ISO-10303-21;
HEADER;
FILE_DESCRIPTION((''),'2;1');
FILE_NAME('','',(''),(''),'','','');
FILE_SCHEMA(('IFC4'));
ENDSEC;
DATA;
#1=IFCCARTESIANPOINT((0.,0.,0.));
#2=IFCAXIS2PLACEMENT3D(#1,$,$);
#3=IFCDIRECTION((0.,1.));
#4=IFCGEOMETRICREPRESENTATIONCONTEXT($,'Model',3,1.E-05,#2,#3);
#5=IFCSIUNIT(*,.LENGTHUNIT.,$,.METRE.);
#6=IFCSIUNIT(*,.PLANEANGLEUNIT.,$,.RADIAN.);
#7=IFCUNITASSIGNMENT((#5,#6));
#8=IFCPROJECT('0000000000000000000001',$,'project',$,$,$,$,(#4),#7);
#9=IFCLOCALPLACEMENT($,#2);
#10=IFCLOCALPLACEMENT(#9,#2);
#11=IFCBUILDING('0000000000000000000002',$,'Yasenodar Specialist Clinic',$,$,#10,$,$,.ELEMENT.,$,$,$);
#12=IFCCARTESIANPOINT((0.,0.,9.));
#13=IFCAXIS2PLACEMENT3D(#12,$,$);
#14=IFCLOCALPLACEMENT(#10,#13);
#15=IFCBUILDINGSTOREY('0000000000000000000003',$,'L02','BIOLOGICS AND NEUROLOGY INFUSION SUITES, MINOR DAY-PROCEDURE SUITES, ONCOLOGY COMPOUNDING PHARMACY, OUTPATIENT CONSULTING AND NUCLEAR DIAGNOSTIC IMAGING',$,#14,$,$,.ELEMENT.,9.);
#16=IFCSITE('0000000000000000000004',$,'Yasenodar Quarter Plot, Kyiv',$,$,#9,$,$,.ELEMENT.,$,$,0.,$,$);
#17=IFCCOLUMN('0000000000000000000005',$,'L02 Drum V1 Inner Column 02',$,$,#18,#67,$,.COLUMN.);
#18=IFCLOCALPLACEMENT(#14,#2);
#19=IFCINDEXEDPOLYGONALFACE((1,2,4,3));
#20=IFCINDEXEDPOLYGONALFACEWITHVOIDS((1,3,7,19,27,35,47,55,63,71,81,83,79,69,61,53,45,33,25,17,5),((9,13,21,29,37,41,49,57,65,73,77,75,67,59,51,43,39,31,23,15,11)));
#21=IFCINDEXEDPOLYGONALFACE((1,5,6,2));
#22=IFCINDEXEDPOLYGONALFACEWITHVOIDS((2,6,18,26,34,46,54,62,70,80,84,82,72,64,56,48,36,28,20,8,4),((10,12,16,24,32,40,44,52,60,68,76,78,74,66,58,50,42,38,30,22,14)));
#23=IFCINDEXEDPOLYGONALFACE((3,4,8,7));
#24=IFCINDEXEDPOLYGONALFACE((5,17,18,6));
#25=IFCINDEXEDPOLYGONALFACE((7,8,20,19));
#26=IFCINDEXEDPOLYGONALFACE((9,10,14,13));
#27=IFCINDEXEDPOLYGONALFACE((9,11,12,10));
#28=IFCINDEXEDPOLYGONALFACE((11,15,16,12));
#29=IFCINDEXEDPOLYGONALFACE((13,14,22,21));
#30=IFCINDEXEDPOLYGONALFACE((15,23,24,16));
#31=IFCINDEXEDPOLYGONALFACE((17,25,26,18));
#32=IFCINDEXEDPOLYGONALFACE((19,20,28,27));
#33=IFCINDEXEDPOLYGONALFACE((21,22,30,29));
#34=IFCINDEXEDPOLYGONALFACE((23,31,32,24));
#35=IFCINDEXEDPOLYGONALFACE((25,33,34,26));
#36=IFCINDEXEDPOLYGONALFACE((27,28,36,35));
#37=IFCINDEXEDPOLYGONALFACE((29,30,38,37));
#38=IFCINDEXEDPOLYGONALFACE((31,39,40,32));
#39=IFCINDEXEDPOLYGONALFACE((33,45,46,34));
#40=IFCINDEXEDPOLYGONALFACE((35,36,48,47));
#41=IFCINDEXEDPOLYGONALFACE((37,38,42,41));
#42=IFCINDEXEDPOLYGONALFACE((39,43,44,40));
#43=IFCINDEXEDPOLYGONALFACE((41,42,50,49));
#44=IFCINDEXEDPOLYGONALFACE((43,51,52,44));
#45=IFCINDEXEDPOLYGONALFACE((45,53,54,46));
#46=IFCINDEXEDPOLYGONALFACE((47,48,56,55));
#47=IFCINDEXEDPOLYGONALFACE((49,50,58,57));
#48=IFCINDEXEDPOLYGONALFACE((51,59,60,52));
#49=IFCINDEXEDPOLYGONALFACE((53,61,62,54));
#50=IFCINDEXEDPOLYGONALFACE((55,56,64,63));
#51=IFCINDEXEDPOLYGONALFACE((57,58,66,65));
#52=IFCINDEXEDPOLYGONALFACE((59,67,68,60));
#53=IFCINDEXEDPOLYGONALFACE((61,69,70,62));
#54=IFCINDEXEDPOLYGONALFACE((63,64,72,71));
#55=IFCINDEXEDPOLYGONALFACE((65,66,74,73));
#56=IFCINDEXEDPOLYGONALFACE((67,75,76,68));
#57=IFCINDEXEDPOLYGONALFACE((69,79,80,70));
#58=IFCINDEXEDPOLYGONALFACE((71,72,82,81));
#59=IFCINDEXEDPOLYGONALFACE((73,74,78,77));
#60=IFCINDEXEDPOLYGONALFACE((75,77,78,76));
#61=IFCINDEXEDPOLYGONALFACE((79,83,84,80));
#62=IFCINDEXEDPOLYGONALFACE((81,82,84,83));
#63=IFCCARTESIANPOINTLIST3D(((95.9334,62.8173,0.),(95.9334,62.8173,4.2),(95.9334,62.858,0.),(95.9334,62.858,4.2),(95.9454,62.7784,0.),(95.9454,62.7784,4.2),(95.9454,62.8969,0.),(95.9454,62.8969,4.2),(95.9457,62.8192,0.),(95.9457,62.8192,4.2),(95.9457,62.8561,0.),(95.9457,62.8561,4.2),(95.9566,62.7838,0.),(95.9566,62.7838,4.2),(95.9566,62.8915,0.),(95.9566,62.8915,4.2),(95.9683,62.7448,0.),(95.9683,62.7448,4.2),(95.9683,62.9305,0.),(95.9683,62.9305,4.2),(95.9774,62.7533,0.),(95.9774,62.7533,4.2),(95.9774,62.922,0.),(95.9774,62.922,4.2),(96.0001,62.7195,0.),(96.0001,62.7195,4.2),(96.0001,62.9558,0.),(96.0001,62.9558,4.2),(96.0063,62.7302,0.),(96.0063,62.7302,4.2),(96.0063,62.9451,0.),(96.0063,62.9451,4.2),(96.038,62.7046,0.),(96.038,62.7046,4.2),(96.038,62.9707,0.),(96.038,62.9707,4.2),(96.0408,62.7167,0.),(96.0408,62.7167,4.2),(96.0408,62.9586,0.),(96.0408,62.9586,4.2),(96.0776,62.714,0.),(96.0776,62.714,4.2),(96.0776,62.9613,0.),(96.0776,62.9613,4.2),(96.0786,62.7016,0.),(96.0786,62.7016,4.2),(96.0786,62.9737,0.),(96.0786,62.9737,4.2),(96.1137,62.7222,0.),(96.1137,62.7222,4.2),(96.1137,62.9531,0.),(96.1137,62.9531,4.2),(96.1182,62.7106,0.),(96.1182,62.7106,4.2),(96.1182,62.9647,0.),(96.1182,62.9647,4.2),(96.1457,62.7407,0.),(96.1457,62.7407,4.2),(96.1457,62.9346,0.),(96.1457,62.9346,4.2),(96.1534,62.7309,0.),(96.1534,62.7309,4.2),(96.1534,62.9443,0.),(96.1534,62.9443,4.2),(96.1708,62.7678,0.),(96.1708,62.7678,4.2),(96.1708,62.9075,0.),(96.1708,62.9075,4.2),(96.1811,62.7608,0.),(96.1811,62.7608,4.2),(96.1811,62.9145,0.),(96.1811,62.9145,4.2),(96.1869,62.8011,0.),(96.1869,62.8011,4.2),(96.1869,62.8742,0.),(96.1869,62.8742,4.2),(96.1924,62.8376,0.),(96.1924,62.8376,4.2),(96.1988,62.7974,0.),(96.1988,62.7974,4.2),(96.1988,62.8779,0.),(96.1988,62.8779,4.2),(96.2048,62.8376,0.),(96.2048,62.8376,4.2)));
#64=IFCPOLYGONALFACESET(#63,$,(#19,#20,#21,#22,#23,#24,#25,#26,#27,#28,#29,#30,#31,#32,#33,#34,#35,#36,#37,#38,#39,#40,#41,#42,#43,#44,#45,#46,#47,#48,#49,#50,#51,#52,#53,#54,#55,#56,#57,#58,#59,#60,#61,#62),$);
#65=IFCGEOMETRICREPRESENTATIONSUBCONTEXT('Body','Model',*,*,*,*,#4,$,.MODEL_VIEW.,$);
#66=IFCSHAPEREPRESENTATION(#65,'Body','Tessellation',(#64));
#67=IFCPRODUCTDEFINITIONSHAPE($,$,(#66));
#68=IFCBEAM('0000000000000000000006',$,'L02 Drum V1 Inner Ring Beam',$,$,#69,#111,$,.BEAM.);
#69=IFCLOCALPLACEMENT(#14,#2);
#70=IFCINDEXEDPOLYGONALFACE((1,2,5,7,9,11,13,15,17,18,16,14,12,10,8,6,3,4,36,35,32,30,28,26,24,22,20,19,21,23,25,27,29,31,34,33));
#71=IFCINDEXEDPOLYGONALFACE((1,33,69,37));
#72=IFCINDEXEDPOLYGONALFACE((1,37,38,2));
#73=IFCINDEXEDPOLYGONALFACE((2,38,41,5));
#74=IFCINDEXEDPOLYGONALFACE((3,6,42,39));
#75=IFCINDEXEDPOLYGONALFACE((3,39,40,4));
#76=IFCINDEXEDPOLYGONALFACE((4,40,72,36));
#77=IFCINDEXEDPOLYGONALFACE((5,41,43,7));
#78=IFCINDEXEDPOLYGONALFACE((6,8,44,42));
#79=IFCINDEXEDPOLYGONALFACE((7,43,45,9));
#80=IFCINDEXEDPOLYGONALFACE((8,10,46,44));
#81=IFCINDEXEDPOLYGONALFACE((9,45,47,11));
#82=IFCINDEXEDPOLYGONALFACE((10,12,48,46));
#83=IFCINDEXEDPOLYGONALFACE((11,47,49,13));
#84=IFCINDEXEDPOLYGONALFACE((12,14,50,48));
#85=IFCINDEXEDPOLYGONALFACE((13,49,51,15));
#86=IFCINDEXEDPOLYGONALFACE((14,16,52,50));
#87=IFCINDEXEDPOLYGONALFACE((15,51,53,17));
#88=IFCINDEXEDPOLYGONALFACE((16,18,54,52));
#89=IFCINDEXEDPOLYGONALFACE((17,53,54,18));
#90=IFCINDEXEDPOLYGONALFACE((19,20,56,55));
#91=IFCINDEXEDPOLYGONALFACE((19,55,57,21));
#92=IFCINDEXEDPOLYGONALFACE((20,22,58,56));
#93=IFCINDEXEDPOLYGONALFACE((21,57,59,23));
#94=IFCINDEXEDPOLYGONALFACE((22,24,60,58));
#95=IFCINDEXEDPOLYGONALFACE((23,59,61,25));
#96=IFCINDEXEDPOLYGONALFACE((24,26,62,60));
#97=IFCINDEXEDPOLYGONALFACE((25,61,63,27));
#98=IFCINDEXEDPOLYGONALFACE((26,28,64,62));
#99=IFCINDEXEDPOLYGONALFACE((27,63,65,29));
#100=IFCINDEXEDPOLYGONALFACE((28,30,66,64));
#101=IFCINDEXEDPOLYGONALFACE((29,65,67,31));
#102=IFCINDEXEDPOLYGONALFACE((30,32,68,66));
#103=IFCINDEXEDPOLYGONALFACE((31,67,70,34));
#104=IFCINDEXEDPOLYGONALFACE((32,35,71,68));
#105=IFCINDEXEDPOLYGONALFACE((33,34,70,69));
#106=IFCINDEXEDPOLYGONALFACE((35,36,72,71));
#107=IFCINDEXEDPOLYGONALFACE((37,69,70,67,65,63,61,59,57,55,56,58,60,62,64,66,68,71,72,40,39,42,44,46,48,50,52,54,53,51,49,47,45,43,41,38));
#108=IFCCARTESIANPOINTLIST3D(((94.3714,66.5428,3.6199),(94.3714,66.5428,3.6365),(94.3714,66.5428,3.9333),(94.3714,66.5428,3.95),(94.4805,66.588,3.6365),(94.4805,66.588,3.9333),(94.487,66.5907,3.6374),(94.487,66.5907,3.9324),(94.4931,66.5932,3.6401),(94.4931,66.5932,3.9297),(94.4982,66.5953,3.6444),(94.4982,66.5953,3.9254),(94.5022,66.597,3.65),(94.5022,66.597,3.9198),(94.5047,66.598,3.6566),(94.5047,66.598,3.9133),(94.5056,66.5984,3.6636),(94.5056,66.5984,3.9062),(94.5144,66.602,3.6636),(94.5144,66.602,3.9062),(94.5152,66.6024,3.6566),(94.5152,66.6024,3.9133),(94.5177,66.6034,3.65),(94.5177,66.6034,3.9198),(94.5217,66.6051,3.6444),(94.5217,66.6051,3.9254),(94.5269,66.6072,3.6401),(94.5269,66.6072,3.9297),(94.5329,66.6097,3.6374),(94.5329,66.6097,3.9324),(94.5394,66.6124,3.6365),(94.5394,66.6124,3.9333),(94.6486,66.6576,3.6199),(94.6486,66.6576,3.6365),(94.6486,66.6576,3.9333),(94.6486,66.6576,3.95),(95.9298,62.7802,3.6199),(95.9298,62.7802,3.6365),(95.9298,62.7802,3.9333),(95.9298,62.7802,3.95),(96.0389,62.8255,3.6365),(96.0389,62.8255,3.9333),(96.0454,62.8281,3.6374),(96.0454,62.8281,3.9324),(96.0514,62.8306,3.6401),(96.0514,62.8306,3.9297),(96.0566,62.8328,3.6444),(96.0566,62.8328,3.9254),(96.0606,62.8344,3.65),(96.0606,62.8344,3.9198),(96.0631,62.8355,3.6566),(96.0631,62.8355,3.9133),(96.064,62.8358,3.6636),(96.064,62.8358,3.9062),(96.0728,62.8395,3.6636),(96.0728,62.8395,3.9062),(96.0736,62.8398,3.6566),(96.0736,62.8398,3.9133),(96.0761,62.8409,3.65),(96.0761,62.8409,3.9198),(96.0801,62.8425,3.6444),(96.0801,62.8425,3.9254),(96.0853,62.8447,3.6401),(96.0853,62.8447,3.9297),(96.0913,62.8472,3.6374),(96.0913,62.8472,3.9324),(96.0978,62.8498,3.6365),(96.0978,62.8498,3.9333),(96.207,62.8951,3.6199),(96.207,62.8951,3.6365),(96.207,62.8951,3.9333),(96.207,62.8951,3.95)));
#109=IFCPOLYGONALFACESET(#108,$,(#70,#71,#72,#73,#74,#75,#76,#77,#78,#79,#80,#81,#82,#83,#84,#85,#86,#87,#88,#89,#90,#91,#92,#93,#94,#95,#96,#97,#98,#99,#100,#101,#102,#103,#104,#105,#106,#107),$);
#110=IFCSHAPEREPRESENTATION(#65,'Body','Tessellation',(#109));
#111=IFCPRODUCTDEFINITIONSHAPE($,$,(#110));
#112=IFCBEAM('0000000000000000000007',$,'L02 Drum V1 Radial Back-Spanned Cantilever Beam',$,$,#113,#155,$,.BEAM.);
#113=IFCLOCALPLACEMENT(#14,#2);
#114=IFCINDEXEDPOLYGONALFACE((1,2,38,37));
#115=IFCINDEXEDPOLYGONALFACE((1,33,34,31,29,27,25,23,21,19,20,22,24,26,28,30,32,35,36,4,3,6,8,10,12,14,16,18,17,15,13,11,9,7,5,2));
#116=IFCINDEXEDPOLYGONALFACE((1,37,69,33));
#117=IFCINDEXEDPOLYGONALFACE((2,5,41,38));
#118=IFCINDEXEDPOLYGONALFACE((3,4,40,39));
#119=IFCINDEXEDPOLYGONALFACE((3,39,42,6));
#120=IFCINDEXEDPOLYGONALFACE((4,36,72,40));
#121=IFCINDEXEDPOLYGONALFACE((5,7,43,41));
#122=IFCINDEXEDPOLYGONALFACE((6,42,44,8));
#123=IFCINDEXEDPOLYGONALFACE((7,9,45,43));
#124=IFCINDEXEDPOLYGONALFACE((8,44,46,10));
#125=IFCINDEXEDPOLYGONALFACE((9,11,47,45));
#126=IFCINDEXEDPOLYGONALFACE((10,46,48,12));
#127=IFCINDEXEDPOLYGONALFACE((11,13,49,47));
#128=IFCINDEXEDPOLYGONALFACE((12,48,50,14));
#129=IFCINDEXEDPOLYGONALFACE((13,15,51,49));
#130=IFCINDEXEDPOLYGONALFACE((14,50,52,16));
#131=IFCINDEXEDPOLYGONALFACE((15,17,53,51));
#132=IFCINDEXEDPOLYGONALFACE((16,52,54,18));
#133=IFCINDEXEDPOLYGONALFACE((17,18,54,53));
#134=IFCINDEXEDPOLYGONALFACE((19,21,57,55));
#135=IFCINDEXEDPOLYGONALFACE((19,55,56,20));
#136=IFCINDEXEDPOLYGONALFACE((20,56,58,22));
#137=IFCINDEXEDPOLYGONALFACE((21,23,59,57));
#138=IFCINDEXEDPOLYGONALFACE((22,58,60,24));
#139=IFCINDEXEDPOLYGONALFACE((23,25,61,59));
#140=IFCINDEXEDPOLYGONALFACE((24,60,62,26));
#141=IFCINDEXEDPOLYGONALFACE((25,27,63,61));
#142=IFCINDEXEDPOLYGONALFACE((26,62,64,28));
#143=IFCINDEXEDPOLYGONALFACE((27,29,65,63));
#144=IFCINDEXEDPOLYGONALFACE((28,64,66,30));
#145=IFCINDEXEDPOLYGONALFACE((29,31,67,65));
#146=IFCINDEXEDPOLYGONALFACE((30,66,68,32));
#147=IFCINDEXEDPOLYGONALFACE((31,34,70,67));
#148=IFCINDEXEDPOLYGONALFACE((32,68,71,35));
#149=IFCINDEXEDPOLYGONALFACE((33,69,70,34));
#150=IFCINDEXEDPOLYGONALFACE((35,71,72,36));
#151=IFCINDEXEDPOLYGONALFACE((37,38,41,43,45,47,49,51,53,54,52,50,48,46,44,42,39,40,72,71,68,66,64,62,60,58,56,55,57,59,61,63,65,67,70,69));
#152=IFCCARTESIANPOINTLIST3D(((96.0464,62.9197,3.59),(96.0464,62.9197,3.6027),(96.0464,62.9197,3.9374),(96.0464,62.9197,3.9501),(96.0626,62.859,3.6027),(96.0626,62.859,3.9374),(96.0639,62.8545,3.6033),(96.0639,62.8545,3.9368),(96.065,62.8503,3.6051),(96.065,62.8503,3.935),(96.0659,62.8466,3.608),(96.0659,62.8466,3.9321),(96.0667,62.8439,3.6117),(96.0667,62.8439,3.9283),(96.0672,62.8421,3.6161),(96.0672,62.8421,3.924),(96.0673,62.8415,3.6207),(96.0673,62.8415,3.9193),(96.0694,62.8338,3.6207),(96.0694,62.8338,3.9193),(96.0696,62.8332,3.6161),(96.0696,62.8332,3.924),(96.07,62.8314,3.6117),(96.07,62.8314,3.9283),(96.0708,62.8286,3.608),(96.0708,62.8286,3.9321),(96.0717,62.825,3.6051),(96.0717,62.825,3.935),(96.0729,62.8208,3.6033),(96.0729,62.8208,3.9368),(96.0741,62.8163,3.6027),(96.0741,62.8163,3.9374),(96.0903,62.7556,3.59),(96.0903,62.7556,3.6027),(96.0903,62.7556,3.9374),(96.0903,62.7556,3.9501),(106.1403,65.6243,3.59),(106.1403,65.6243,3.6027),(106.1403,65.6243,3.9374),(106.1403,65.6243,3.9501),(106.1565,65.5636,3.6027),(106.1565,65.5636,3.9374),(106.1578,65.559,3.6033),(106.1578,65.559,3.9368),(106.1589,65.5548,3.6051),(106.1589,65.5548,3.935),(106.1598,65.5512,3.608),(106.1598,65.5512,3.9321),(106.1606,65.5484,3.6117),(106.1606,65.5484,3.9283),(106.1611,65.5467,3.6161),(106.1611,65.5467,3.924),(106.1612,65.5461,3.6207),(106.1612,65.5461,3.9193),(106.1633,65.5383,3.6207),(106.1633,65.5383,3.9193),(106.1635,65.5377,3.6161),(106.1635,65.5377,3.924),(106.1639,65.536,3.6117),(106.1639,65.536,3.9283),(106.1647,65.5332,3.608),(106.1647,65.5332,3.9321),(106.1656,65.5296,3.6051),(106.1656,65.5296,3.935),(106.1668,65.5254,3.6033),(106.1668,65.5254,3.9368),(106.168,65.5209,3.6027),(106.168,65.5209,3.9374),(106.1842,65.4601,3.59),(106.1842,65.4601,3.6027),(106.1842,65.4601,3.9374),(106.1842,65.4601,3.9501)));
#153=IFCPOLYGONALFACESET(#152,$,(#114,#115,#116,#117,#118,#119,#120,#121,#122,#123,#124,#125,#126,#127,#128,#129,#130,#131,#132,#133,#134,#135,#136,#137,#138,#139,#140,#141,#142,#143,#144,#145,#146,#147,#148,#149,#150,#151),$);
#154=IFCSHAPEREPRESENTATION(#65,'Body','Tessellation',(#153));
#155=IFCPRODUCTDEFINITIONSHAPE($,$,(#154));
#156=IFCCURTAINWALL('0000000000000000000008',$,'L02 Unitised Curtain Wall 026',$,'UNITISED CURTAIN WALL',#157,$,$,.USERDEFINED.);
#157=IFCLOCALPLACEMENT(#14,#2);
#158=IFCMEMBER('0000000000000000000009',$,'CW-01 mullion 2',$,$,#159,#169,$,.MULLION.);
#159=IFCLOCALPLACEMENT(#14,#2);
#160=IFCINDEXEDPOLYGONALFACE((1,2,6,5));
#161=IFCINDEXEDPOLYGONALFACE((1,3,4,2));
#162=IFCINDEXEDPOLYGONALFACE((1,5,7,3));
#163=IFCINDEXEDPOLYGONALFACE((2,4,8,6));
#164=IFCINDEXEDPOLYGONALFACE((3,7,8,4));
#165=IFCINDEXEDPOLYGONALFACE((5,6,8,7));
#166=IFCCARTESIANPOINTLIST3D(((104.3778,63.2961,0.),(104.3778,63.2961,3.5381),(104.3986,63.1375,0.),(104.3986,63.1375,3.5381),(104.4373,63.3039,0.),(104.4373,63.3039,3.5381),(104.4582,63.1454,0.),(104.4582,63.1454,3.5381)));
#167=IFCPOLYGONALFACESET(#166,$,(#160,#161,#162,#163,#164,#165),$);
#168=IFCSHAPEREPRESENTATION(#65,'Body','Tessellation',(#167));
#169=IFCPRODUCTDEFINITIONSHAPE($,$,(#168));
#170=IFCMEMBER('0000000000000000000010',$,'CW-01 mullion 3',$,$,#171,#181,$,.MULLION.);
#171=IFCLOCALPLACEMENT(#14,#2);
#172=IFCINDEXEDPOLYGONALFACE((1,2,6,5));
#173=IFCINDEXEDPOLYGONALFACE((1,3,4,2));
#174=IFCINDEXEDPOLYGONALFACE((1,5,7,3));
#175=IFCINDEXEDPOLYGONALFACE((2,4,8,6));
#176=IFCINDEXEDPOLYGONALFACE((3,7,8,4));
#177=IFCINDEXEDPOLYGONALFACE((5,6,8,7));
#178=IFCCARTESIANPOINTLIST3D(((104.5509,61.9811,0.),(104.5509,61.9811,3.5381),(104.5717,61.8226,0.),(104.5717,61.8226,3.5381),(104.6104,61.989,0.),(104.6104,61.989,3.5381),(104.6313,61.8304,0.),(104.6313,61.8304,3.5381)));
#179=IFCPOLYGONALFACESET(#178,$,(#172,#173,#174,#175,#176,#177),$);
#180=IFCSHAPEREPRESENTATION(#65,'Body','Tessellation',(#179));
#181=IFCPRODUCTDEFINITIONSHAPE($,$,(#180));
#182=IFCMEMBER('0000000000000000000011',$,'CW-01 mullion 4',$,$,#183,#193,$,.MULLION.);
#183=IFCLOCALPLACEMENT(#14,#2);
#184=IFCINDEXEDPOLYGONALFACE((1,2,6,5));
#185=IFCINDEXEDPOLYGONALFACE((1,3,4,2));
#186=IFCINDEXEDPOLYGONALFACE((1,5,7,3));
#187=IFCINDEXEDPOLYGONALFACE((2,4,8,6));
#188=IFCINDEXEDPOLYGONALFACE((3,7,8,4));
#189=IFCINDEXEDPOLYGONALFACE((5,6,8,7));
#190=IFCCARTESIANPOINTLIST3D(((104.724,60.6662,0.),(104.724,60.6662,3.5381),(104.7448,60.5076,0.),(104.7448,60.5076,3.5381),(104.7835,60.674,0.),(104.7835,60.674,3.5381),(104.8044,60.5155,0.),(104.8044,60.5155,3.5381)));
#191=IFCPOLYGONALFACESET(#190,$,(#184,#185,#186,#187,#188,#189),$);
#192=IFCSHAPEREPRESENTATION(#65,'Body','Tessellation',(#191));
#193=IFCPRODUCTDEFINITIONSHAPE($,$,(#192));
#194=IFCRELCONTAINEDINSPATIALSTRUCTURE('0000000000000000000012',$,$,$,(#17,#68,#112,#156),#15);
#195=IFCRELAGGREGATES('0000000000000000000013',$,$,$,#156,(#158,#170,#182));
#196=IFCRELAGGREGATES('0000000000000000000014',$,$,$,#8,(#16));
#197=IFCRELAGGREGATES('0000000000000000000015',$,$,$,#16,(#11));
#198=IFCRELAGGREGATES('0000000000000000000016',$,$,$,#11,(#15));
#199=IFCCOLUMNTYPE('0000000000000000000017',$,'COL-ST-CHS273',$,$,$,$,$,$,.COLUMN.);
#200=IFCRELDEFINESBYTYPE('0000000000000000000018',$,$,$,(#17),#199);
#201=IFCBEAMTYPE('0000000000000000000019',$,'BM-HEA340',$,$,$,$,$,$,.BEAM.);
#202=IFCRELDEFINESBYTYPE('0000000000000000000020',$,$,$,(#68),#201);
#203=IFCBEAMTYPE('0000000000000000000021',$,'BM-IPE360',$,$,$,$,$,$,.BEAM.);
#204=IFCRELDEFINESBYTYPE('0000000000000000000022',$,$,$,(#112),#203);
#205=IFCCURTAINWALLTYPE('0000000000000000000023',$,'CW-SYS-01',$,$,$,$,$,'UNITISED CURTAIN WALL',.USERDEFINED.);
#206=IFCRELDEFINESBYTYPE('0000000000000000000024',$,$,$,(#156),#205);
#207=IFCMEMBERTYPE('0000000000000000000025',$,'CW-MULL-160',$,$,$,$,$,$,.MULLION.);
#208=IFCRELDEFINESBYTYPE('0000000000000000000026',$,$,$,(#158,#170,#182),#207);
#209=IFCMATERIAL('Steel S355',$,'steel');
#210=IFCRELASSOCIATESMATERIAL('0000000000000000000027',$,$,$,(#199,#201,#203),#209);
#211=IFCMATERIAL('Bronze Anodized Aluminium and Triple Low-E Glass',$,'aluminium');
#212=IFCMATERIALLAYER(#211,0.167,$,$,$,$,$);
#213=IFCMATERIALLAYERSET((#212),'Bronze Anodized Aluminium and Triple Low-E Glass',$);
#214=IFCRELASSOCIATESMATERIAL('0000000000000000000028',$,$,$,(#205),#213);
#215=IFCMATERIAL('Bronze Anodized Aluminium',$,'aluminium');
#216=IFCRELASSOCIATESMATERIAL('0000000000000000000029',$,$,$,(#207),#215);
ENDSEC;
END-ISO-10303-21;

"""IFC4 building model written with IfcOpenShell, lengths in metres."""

from ifc_helpers import new_model, si_unit, direction, frame, origin, origin_2d, place, context, subcontext, project, spatial, rectangle, hollow_circle, i_section, extrude, material, layer, layer_set, material_profile, profile_set, type_object, element, aggregate, save


model = new_model("IFC4")

# Units and contexts
model_context = context("Model", 3, precision=1e-05, world=origin(), true_north=direction((0.0, 1.0)))
body_context = subcontext(model_context, "Body", "Model", "MODEL_VIEW")
ifc_project = project(units=[si_unit("LENGTHUNIT", "METRE"), si_unit("PLANEANGLEUNIT", "RADIAN")], contexts=[model_context])

# Site, building, storey
site_placement = place(None, origin())
site = spatial("IfcSite", under=ifc_project, at=site_placement, Name="Yasenodar Quarter Plot, Kyiv", CompositionType="ELEMENT", RefElevation=0.0)
building_placement = place(site_placement, origin())
building = spatial("IfcBuilding", under=site, at=building_placement, Name="Yasenodar Specialist Clinic", CompositionType="ELEMENT")
storey_placement = place(building_placement, frame((0.0, 0.0, 9.0)))
storey = spatial("IfcBuildingStorey", under=building, at=storey_placement, Name="L02", Description="BIOLOGICS AND NEUROLOGY INFUSION SUITES, MINOR DAY-PROCEDURE SUITES, ONCOLOGY COMPOUNDING PHARMACY, OUTPATIENT CONSULTING AND NUCLEAR DIAGNOSTIC IMAGING", CompositionType="ELEMENT", Elevation=9.0)

# Column
ifc_material_1 = material(Name="Steel S355", Category="steel")
ifc_material_profile_1 = material_profile(ifc_material_1, hollow_circle(Radius=0.1365, WallThickness=0.0125, at=origin_2d()), Name="CHS 273x12.5")
ifc_profile_set_1 = profile_set([ifc_material_profile_1], Name="Steel S355")
column_type = type_object("IfcColumnType", Name="COL-ST-CHS273", PredefinedType="COLUMN", material=ifc_profile_set_1)
column_placement = place(storey_placement, frame((96.0684, 62.8376, 0.0), z_axis=(0.0, 0.0, 1.0), x_axis=(1.0, 0.0, 0.0)))
element("IfcColumn", 1, at=column_placement, inside=storey, type_object=column_type, Name="L02 Drum V1 Inner Column 02", PredefinedType="COLUMN", context=body_context, shape_type="SweptSolid", body=[
    extrude(hollow_circle(Radius=0.1365, WallThickness=0.0125, at=origin_2d()), origin(), (0.0, 0.0, 1.0), 4.2),
])

# Beams
ifc_material_profile_2 = material_profile(ifc_material_1, i_section(OverallWidth=0.3, OverallDepth=0.3301, WebThickness=0.0095, FlangeThickness=0.0166, FilletRadius=0.0271, at=origin_2d()), Name="HEA 340")
ifc_profile_set_2 = profile_set([ifc_material_profile_2], Name="Steel S355")
beam_type_1 = type_object("IfcBeamType", Name="BM-HEA340", PredefinedType="BEAM", material=ifc_profile_set_2)
beam_1_placement = place(storey_placement, frame((96.0684, 62.8376, 3.7849), z_axis=(-0.382661, 0.923889, 0.0), x_axis=(-0.923889, -0.382661, 0.0)))
element("IfcBeam", 2, at=beam_1_placement, inside=storey, type_object=beam_type_1, Name="L02 Drum V1 Inner Ring Beam", PredefinedType="BEAM", context=body_context, shape_type="SweptSolid", body=[
    extrude(i_section(OverallWidth=0.3, OverallDepth=0.3301, WebThickness=0.0095, FlangeThickness=0.0166, FilletRadius=0.0271, at=origin_2d()), origin(), (0.0, 0.0, 1.0), 4.0725),
])
ifc_material_profile_3 = material_profile(ifc_material_1, i_section(OverallWidth=0.1699, OverallDepth=0.3601, WebThickness=0.0081, FlangeThickness=0.0127, FilletRadius=0.0181, at=origin_2d()), Name="IPE 360")
ifc_profile_set_3 = profile_set([ifc_material_profile_3], Name="Steel S355")
beam_type_2 = type_object("IfcBeamType", Name="BM-IPE360", PredefinedType="BEAM", material=ifc_profile_set_3)
beam_2_placement = place(storey_placement, frame((96.0684, 62.8376, 3.77), z_axis=(0.965928, 0.258811, 0.0), x_axis=(-0.258811, 0.965928, 0.0)))
element("IfcBeam", 3, at=beam_2_placement, inside=storey, type_object=beam_type_2, Name="L02 Drum V1 Radial Back-Spanned Cantilever Beam", PredefinedType="BEAM", context=body_context, shape_type="SweptSolid", body=[
    extrude(i_section(OverallWidth=0.1699, OverallDepth=0.3601, WebThickness=0.0081, FlangeThickness=0.0127, FilletRadius=0.0181, at=origin_2d()), origin(), (0.0, 0.0, 1.0), 10.45),
])

# Curtain wall, members
ifc_material_2 = material(Name="Bronze Anodized Aluminium and Triple Low-E Glass", Category="aluminium")
ifc_layer_1 = layer(ifc_material_2, 0.167)
ifc_layer_set_1 = layer_set([ifc_layer_1], Name="Bronze Anodized Aluminium and Triple Low-E Glass")
curtain_wall_type = type_object("IfcCurtainWallType", Name="CW-SYS-01", ElementType="UNITISED CURTAIN WALL", PredefinedType="USERDEFINED", material=ifc_layer_set_1)
curtain_wall_placement = place(storey_placement, origin())
curtain_wall = element("IfcCurtainWall", 4, at=curtain_wall_placement, inside=storey, type_object=curtain_wall_type, Name="L02 Unitised Curtain Wall 026", ObjectType="UNITISED CURTAIN WALL", PredefinedType="USERDEFINED")
ifc_material_3 = material(Name="Bronze Anodized Aluminium", Category="aluminium")
ifc_material_profile_4 = material_profile(ifc_material_3, rectangle(XDim=0.0601, YDim=0.1599, at=origin_2d()), Name="CW-MULL 60x160")
ifc_profile_set_4 = profile_set([ifc_material_profile_4], Name="Bronze Anodized Aluminium")
member_type_1 = type_object("IfcMemberType", Name="CW-MULL-160", PredefinedType="MULLION", material=ifc_profile_set_4)
member_1_placement = place(storey_placement, frame((104.418, 63.2207, 0.0), z_axis=(0.0, 0.0, 1.0), x_axis=(0.991447, 0.130512, 0.0)))
member_1 = element("IfcMember", 5, at=member_1_placement, type_object=member_type_1, Name="CW-01 mullion 2", PredefinedType="MULLION", context=body_context, shape_type="SweptSolid", body=[
    extrude(rectangle(XDim=0.0601, YDim=0.1599, at=origin_2d()), origin(), (0.0, 0.0, 1.0), 3.5381),
])
member_2_placement = place(storey_placement, frame((104.5911, 61.9058, 0.0), z_axis=(0.0, 0.0, 1.0), x_axis=(0.991447, 0.130512, 0.0)))
member_2 = element("IfcMember", 6, at=member_2_placement, type_object=member_type_1, Name="CW-01 mullion 3", PredefinedType="MULLION", context=body_context, shape_type="SweptSolid", body=[
    extrude(rectangle(XDim=0.0601, YDim=0.1599, at=origin_2d()), origin(), (0.0, 0.0, 1.0), 3.5381),
])
member_3_placement = place(storey_placement, frame((104.7642, 60.5908, 0.0), z_axis=(0.0, 0.0, 1.0), x_axis=(0.991447, 0.130512, 0.0)))
member_3 = element("IfcMember", 7, at=member_3_placement, type_object=member_type_1, Name="CW-01 mullion 4", PredefinedType="MULLION", context=body_context, shape_type="SweptSolid", body=[
    extrude(rectangle(XDim=0.0601, YDim=0.1599, at=origin_2d()), origin(), (0.0, 0.0, 1.0), 3.5381),
])
aggregate(curtain_wall, [member_1, member_2, member_3])

save(model, "model.ifc")
